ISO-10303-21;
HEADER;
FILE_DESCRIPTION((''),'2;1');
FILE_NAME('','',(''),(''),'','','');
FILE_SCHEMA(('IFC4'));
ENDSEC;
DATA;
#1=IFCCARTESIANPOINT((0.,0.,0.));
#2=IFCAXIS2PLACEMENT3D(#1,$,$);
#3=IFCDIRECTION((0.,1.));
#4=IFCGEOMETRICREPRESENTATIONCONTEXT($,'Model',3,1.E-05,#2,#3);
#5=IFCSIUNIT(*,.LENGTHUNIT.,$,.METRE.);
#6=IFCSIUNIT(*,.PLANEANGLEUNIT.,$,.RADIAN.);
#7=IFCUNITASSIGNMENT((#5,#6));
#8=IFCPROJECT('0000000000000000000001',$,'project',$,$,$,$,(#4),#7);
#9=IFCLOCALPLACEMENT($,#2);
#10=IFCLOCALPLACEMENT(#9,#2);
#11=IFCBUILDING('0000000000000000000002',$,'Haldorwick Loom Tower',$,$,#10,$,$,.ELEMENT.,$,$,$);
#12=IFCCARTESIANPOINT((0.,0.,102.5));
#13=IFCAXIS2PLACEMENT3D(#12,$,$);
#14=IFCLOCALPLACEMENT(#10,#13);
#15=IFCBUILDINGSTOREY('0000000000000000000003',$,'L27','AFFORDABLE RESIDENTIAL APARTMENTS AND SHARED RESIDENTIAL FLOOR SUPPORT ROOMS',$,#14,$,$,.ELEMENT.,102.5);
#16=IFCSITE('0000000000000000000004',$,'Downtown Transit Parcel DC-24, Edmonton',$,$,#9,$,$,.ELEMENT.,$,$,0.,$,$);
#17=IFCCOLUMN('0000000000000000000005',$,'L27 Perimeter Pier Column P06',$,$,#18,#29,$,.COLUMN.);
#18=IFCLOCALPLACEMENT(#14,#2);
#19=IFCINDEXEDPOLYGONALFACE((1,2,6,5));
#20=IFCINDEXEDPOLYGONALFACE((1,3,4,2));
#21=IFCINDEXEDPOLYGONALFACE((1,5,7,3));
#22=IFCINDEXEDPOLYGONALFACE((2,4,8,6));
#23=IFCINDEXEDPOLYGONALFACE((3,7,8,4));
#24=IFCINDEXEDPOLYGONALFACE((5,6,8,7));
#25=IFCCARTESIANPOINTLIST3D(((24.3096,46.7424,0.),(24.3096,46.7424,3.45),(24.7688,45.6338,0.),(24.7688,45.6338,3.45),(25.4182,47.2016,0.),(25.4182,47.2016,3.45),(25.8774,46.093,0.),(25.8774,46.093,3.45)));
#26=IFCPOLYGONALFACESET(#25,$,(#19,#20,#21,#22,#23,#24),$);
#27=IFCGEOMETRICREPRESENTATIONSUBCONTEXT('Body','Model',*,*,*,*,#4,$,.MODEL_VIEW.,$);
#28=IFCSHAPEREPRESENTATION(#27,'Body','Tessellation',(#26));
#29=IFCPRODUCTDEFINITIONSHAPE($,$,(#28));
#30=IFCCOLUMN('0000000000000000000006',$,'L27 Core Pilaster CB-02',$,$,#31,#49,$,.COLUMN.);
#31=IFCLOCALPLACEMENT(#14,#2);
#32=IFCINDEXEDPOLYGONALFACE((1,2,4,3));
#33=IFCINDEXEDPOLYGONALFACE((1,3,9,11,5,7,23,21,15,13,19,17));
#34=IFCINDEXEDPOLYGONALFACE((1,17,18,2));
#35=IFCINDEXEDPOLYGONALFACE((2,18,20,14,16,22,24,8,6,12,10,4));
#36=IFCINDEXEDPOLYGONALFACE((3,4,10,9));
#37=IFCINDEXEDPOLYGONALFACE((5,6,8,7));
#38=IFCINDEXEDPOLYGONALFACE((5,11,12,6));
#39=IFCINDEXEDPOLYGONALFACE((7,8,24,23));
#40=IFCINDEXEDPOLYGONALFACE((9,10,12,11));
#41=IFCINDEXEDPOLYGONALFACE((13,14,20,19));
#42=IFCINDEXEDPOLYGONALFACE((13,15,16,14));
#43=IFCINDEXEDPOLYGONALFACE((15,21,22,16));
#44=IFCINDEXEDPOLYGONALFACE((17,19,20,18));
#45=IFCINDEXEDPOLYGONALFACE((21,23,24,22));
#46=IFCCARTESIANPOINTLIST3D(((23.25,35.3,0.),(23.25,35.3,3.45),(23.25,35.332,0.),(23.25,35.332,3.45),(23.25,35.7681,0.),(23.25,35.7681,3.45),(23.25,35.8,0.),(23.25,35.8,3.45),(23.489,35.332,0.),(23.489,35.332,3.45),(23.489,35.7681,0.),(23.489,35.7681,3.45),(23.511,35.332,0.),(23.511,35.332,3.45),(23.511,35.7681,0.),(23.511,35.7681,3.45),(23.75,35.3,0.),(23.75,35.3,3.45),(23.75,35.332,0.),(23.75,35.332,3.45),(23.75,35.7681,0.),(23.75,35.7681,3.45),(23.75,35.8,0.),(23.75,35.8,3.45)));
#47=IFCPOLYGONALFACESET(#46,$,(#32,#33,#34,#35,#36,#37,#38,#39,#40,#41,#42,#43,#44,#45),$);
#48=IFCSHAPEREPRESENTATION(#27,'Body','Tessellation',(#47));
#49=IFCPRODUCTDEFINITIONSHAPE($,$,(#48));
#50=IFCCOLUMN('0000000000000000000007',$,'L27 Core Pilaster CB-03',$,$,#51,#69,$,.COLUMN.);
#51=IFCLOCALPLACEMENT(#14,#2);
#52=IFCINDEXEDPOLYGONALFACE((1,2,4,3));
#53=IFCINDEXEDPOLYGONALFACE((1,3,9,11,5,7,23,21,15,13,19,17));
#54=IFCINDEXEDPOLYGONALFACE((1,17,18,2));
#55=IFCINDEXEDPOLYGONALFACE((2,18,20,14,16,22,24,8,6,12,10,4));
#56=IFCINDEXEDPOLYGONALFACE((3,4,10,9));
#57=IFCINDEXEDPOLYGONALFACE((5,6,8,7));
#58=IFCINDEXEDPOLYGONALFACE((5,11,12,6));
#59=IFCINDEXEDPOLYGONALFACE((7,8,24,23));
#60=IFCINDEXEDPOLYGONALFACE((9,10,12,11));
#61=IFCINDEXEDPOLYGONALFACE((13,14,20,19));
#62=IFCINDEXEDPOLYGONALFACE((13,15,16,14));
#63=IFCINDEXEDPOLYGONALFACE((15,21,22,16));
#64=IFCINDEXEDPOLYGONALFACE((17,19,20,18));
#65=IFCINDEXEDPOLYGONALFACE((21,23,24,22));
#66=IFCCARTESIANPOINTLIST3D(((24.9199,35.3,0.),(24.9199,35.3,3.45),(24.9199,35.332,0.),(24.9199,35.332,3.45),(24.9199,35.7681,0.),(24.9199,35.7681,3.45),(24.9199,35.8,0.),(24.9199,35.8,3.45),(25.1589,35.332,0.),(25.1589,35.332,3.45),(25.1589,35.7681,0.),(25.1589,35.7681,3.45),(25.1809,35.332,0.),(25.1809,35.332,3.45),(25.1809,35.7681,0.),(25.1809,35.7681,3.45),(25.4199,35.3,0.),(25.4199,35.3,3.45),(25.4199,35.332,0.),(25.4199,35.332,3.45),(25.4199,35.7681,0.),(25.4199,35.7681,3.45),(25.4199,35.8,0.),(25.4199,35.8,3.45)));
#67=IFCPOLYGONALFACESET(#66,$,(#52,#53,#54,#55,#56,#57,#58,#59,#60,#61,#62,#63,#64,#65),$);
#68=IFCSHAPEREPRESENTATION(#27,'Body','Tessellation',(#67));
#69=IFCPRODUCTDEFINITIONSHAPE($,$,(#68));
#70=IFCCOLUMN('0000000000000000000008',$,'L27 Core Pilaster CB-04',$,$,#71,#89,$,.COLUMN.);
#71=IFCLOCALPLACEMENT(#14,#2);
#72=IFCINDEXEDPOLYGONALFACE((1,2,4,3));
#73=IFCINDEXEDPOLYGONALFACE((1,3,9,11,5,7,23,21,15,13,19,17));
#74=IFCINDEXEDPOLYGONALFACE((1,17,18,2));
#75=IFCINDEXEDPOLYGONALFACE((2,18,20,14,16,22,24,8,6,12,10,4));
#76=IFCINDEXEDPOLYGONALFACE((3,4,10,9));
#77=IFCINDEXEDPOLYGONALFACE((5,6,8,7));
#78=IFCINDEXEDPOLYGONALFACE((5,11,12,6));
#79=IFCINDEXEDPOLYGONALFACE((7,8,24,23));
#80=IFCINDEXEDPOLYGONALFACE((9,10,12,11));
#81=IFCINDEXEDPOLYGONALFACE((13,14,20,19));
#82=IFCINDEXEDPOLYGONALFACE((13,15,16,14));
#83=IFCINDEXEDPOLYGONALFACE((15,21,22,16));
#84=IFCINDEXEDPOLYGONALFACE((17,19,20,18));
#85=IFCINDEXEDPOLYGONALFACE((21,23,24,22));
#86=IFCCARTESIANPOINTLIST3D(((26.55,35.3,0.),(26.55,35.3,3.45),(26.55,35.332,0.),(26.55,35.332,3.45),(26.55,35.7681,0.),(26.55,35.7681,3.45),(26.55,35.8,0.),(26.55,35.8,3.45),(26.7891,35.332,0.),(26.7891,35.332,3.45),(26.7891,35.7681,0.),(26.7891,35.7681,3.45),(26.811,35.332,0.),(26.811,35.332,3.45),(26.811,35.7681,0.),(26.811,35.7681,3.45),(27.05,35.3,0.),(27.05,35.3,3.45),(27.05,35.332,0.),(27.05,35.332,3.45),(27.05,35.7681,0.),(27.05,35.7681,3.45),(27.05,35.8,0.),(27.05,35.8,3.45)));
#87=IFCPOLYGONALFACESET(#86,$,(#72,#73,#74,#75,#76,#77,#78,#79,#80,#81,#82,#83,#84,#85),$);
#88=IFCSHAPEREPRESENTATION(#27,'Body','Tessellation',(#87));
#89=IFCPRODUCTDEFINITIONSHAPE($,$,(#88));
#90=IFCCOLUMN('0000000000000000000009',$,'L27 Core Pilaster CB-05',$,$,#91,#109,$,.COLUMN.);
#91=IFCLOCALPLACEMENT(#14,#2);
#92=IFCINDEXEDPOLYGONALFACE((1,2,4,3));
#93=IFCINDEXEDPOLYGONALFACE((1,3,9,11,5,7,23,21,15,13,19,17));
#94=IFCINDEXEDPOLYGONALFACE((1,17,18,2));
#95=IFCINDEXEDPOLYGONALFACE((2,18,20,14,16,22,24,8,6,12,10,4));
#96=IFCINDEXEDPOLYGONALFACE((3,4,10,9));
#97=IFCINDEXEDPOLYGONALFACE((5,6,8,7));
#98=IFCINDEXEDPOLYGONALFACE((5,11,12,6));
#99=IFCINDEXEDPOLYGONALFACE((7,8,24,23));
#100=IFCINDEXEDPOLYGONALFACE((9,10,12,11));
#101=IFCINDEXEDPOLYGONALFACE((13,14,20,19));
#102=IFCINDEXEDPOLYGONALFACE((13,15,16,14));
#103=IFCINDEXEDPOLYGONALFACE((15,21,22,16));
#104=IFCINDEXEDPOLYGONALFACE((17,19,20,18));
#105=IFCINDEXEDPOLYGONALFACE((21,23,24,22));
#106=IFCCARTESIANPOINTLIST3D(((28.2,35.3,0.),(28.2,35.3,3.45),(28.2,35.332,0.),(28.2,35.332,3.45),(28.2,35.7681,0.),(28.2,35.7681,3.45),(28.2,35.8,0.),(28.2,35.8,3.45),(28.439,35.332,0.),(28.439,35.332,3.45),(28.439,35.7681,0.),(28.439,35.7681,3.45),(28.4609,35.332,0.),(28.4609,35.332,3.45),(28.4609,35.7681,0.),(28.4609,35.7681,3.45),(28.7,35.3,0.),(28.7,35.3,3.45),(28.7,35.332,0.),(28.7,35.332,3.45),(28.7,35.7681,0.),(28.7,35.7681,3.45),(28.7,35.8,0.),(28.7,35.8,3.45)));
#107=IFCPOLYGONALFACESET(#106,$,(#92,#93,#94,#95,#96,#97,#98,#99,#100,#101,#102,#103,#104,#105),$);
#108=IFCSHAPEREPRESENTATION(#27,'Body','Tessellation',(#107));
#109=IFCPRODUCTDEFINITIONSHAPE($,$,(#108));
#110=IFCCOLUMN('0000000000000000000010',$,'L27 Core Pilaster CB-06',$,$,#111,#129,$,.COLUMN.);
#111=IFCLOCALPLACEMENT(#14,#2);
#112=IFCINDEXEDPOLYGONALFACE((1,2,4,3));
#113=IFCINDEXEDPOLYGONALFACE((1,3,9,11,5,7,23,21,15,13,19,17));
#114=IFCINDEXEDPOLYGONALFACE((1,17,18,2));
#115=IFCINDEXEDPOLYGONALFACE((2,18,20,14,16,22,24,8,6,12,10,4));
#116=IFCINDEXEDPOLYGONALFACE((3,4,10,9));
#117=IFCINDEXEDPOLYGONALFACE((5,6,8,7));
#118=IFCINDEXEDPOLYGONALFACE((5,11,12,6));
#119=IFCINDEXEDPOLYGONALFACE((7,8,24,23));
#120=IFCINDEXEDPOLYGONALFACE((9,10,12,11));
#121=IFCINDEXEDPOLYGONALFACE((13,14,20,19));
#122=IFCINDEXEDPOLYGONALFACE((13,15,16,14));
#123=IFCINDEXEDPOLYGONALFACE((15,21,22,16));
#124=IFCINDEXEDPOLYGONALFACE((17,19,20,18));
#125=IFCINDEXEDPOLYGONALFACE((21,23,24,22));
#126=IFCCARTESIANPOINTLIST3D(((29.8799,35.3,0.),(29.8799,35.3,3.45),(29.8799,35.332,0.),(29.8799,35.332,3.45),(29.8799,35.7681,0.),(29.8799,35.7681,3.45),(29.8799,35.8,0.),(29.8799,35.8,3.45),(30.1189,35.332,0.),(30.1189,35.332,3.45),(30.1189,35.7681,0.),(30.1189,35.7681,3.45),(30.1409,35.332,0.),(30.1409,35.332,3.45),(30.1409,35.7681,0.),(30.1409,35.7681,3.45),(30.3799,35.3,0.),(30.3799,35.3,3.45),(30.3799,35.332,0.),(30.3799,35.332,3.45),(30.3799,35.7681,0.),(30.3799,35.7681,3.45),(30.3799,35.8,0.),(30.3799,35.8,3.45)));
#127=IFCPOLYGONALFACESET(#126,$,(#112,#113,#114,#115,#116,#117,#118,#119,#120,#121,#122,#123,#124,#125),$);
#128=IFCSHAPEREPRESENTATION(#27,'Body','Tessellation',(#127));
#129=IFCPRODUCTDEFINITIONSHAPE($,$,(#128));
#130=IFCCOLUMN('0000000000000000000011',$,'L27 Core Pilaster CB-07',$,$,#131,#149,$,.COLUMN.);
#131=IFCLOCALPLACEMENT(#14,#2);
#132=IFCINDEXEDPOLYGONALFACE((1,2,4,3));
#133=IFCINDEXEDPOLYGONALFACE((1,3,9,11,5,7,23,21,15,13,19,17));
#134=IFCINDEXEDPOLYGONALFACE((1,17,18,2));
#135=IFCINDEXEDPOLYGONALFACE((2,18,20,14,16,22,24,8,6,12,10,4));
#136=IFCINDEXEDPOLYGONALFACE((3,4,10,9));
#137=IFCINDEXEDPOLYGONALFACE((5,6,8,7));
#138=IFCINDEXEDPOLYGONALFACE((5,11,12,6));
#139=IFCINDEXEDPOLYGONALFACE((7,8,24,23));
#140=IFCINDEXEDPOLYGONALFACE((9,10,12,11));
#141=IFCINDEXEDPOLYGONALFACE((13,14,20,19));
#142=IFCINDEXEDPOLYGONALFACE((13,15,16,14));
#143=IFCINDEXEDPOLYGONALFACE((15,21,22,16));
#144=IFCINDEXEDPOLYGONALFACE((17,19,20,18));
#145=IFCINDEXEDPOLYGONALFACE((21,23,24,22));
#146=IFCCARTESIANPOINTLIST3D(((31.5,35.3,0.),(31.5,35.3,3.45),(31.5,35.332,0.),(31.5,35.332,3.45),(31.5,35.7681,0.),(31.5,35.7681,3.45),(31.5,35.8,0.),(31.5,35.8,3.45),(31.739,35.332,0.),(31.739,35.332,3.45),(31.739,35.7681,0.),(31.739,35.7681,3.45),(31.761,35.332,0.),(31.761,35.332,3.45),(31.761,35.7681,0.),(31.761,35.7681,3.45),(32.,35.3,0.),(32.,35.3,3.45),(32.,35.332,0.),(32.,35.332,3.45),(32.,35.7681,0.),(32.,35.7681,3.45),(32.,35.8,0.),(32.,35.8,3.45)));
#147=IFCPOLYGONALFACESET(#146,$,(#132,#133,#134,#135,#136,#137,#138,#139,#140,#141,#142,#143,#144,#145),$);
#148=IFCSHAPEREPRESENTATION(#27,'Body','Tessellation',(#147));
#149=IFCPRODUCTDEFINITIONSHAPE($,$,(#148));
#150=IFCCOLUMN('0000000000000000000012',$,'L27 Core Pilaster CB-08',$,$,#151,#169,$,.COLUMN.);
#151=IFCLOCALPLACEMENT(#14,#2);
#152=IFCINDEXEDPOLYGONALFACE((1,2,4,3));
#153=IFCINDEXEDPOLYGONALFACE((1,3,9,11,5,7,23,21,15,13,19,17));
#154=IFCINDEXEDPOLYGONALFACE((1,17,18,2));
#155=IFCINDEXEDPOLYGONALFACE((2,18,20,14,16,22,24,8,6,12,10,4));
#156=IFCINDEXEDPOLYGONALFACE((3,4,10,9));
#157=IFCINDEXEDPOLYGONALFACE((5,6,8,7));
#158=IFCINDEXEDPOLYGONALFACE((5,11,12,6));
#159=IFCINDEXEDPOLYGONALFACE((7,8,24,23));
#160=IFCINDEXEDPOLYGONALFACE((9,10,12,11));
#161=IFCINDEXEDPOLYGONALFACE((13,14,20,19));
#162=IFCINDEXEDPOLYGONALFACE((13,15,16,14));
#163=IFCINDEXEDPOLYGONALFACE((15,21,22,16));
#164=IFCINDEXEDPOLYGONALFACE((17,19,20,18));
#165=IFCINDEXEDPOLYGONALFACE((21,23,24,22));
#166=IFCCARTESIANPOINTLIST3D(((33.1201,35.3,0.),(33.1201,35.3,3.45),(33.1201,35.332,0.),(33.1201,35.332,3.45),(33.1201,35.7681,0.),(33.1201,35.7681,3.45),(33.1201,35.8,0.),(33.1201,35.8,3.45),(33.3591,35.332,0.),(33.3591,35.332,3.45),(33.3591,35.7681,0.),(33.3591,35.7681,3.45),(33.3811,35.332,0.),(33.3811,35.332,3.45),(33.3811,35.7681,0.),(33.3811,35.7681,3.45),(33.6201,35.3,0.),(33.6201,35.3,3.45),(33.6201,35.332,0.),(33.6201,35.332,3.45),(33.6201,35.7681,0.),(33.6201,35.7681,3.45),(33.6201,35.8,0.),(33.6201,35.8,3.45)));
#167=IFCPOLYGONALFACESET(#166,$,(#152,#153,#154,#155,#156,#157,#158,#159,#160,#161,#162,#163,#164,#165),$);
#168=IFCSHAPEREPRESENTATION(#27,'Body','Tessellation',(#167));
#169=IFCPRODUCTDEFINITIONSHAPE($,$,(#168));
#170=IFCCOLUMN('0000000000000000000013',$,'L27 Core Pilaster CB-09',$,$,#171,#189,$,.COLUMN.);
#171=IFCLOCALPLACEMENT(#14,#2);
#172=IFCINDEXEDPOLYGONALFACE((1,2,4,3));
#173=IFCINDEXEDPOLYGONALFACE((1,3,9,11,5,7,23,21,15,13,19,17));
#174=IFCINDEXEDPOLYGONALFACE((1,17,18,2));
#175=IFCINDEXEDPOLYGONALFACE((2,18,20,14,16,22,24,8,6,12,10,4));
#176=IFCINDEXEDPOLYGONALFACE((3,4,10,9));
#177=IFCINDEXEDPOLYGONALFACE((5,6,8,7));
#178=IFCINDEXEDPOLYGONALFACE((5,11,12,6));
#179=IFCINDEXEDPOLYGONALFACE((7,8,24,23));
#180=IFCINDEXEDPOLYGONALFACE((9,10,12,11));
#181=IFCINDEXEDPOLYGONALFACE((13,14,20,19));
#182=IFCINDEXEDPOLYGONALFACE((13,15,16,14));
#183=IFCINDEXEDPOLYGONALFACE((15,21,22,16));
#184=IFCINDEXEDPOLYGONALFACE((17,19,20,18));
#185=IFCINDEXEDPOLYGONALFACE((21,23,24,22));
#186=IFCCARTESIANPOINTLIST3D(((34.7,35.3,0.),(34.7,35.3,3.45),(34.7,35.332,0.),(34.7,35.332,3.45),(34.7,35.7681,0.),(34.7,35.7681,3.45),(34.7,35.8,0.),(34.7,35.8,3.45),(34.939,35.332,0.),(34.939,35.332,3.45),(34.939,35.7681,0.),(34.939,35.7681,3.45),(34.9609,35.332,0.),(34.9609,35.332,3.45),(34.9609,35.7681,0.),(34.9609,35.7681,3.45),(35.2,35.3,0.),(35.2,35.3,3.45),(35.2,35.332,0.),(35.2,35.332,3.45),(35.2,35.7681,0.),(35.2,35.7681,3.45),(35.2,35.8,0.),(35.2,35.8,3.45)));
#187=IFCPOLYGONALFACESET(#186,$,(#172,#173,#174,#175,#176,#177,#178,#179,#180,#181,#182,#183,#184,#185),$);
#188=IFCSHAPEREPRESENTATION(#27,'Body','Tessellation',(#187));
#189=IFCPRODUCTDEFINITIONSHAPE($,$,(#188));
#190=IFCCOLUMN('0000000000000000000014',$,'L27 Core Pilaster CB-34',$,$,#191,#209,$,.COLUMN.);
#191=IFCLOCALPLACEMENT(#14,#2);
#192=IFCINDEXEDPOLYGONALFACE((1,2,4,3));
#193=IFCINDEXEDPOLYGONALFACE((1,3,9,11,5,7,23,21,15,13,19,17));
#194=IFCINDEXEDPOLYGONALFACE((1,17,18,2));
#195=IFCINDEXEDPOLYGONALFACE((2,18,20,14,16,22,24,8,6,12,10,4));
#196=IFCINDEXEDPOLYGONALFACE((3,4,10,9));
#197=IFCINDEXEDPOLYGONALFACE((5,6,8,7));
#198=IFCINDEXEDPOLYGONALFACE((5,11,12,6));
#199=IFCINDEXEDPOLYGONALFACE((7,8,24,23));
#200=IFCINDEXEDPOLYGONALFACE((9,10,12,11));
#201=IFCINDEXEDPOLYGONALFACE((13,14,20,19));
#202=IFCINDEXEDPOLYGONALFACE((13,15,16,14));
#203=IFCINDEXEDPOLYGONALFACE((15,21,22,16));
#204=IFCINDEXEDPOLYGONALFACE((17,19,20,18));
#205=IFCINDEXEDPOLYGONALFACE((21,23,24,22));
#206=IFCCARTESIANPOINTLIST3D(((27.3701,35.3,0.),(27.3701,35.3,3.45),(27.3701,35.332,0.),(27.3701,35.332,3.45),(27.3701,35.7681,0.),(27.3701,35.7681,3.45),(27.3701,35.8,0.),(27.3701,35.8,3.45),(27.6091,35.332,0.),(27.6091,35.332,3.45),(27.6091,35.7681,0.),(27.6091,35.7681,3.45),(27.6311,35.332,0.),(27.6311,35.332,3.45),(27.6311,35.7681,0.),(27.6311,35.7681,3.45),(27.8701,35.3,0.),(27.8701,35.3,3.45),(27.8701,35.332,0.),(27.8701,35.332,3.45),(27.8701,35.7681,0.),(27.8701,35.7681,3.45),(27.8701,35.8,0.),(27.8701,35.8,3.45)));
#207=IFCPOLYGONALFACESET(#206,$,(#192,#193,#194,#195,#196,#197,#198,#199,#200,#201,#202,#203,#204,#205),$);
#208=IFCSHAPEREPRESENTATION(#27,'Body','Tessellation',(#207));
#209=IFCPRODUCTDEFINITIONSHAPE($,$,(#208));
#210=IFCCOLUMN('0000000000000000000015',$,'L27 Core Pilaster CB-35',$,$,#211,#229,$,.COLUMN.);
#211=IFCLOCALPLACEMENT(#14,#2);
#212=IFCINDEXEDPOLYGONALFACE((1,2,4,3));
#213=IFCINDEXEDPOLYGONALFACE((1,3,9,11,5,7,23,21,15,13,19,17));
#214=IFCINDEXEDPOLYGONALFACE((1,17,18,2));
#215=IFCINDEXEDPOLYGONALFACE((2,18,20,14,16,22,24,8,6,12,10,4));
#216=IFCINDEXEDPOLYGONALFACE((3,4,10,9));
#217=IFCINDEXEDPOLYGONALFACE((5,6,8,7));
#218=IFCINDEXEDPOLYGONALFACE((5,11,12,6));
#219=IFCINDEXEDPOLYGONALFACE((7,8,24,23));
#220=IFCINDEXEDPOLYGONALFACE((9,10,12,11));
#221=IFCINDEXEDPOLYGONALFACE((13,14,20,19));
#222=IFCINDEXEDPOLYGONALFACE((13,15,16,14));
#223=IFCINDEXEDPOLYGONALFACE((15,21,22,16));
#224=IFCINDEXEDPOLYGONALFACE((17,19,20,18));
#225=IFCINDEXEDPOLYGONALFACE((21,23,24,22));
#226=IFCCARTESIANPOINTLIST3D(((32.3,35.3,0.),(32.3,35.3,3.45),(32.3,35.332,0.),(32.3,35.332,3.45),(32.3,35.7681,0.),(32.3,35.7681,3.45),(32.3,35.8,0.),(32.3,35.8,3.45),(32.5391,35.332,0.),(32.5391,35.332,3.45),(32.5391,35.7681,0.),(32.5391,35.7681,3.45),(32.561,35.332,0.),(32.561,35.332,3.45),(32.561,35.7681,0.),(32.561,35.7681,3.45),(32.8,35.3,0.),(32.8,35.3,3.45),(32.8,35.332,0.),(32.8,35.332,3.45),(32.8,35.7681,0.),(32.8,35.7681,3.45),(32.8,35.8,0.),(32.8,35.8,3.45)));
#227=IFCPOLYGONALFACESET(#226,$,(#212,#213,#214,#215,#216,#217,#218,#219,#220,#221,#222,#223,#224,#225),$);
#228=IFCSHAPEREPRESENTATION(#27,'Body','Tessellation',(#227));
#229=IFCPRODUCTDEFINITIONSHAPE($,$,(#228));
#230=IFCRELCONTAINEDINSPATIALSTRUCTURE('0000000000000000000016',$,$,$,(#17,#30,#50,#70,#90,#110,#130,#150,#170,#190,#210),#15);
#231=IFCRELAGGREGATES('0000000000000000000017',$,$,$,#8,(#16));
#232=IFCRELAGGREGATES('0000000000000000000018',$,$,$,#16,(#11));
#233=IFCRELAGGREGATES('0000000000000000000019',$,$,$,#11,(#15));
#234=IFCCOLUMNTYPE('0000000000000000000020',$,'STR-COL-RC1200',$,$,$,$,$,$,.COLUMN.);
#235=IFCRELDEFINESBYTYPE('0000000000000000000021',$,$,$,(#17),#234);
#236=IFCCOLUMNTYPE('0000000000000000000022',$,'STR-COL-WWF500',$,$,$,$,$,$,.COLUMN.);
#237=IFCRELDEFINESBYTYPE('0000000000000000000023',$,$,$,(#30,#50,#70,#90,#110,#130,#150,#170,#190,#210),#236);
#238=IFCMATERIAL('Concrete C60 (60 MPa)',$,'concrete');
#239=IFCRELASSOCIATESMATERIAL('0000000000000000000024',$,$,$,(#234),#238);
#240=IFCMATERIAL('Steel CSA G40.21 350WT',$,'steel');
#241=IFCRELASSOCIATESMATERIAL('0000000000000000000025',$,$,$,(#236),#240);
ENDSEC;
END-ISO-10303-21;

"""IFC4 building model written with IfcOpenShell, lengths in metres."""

from ifc_helpers import new_model, si_unit, direction, frame, origin, origin_2d, place, context, subcontext, project, spatial, rectangle, i_section, extrude, material, material_profile, profile_set, type_object, element, save


model = new_model("IFC4")

# Units and contexts
model_context = context("Model", 3, precision=1e-05, world=origin(), true_north=direction((0.0, 1.0)))
body_context = subcontext(model_context, "Body", "Model", "MODEL_VIEW")
ifc_project = project(units=[si_unit("LENGTHUNIT", "METRE"), si_unit("PLANEANGLEUNIT", "RADIAN")], contexts=[model_context])

# Site, building, storey
site_placement = place(None, origin())
site = spatial("IfcSite", under=ifc_project, at=site_placement, Name="Downtown Transit Parcel DC-24, Edmonton", CompositionType="ELEMENT", RefElevation=0.0)
building_placement = place(site_placement, origin())
building = spatial("IfcBuilding", under=site, at=building_placement, Name="Haldorwick Loom Tower", CompositionType="ELEMENT")
storey_placement = place(building_placement, frame((0.0, 0.0, 102.5)))
storey = spatial("IfcBuildingStorey", under=building, at=storey_placement, Name="L27", Description="AFFORDABLE RESIDENTIAL APARTMENTS AND SHARED RESIDENTIAL FLOOR SUPPORT ROOMS", CompositionType="ELEMENT", Elevation=102.5)

# Columns
ifc_material_1 = material(Name="Concrete C60 (60 MPa)", Category="concrete")
ifc_material_profile_1 = material_profile(ifc_material_1, rectangle(XDim=1.2, YDim=1.2, at=origin_2d()), Name="RC1200X1200", Category="concrete")
ifc_profile_set_1 = profile_set([ifc_material_profile_1], Name="Concrete C60 (60 MPa)")
column_type_1 = type_object("IfcColumnType", Name="STR-COL-RC1200", PredefinedType="COLUMN", material=ifc_profile_set_1)
column_placement = place(storey_placement, frame((25.0935, 46.4177, 0.0), z_axis=(0.0, 0.0, 1.0), x_axis=(-0.382683, 0.92388, 0.0)))
element("IfcColumn", 1, at=column_placement, inside=storey, type_object=column_type_1, Name="L27 Perimeter Pier Column P06", PredefinedType="COLUMN", context=body_context, shape_type="SweptSolid", body=[
    extrude(rectangle(XDim=1.2, YDim=1.2, at=origin_2d()), origin(), (0.0, 0.0, 1.0), 3.45),
])
ifc_material_2 = material(Name="Steel CSA G40.21 350WT", Category="steel")
ifc_material_profile_2 = material_profile(ifc_material_2, i_section(OverallWidth=0.5, OverallDepth=0.5, WebThickness=0.022, FlangeThickness=0.032, at=origin_2d()), Name="WWF500X500", Category="steel")
ifc_profile_set_2 = profile_set([ifc_material_profile_2], Name="Steel CSA G40.21 350WT")
column_type_2 = type_object("IfcColumnType", Name="STR-COL-WWF500", PredefinedType="COLUMN", material=ifc_profile_set_2)
for number, where, z_axis, x_axis, name in (
    (2, (23.5, 35.55, 0.0), (0.0, 0.0, 1.0), (1.0, 0.0, 0.0), "L27 Core Pilaster CB-02"),
    (3, (25.1699, 35.55, 0.0), (0.0, 0.0, 1.0), (1.0, 0.0, 0.0), "L27 Core Pilaster CB-03"),
    (4, (26.8, 35.55, 0.0), (0.0, 0.0, 1.0), (1.0, 0.0, 0.0), "L27 Core Pilaster CB-04"),
    (5, (28.45, 35.55, 0.0), (0.0, 0.0, 1.0), (1.0, 0.0, 0.0), "L27 Core Pilaster CB-05"),
    (6, (30.1299, 35.55, 0.0), (0.0, 0.0, 1.0), (1.0, 0.0, 0.0), "L27 Core Pilaster CB-06"),
    (7, (31.75, 35.55, 0.0), (0.0, 0.0, 1.0), (1.0, 0.0, 0.0), "L27 Core Pilaster CB-07"),
    (8, (33.3701, 35.55, 0.0), (0.0, 0.0, 1.0), (1.0, 0.0, 0.0), "L27 Core Pilaster CB-08"),
    (9, (34.95, 35.55, 0.0), (0.0, 0.0, 1.0), (1.0, 0.0, 0.0), "L27 Core Pilaster CB-09"),
    (10, (27.6201, 35.55, 0.0), (0.0, 0.0, 1.0), (1.0, 0.0, 0.0), "L27 Core Pilaster CB-34"),
    (11, (32.55, 35.55, 0.0), (0.0, 0.0, 1.0), (1.0, 0.0, 0.0), "L27 Core Pilaster CB-35"),
):
    element("IfcColumn", number, at=place(storey_placement, frame(where, z_axis=z_axis, x_axis=x_axis)), inside=storey, type_object=column_type_2, Name=name, PredefinedType="COLUMN", context=body_context, shape_type="SweptSolid", body=[
        extrude(i_section(OverallWidth=0.5, OverallDepth=0.5, WebThickness=0.022, FlangeThickness=0.032, at=origin_2d()), origin(), (0.0, 0.0, 1.0), 3.45),
    ])

save(model, "model.ifc")
